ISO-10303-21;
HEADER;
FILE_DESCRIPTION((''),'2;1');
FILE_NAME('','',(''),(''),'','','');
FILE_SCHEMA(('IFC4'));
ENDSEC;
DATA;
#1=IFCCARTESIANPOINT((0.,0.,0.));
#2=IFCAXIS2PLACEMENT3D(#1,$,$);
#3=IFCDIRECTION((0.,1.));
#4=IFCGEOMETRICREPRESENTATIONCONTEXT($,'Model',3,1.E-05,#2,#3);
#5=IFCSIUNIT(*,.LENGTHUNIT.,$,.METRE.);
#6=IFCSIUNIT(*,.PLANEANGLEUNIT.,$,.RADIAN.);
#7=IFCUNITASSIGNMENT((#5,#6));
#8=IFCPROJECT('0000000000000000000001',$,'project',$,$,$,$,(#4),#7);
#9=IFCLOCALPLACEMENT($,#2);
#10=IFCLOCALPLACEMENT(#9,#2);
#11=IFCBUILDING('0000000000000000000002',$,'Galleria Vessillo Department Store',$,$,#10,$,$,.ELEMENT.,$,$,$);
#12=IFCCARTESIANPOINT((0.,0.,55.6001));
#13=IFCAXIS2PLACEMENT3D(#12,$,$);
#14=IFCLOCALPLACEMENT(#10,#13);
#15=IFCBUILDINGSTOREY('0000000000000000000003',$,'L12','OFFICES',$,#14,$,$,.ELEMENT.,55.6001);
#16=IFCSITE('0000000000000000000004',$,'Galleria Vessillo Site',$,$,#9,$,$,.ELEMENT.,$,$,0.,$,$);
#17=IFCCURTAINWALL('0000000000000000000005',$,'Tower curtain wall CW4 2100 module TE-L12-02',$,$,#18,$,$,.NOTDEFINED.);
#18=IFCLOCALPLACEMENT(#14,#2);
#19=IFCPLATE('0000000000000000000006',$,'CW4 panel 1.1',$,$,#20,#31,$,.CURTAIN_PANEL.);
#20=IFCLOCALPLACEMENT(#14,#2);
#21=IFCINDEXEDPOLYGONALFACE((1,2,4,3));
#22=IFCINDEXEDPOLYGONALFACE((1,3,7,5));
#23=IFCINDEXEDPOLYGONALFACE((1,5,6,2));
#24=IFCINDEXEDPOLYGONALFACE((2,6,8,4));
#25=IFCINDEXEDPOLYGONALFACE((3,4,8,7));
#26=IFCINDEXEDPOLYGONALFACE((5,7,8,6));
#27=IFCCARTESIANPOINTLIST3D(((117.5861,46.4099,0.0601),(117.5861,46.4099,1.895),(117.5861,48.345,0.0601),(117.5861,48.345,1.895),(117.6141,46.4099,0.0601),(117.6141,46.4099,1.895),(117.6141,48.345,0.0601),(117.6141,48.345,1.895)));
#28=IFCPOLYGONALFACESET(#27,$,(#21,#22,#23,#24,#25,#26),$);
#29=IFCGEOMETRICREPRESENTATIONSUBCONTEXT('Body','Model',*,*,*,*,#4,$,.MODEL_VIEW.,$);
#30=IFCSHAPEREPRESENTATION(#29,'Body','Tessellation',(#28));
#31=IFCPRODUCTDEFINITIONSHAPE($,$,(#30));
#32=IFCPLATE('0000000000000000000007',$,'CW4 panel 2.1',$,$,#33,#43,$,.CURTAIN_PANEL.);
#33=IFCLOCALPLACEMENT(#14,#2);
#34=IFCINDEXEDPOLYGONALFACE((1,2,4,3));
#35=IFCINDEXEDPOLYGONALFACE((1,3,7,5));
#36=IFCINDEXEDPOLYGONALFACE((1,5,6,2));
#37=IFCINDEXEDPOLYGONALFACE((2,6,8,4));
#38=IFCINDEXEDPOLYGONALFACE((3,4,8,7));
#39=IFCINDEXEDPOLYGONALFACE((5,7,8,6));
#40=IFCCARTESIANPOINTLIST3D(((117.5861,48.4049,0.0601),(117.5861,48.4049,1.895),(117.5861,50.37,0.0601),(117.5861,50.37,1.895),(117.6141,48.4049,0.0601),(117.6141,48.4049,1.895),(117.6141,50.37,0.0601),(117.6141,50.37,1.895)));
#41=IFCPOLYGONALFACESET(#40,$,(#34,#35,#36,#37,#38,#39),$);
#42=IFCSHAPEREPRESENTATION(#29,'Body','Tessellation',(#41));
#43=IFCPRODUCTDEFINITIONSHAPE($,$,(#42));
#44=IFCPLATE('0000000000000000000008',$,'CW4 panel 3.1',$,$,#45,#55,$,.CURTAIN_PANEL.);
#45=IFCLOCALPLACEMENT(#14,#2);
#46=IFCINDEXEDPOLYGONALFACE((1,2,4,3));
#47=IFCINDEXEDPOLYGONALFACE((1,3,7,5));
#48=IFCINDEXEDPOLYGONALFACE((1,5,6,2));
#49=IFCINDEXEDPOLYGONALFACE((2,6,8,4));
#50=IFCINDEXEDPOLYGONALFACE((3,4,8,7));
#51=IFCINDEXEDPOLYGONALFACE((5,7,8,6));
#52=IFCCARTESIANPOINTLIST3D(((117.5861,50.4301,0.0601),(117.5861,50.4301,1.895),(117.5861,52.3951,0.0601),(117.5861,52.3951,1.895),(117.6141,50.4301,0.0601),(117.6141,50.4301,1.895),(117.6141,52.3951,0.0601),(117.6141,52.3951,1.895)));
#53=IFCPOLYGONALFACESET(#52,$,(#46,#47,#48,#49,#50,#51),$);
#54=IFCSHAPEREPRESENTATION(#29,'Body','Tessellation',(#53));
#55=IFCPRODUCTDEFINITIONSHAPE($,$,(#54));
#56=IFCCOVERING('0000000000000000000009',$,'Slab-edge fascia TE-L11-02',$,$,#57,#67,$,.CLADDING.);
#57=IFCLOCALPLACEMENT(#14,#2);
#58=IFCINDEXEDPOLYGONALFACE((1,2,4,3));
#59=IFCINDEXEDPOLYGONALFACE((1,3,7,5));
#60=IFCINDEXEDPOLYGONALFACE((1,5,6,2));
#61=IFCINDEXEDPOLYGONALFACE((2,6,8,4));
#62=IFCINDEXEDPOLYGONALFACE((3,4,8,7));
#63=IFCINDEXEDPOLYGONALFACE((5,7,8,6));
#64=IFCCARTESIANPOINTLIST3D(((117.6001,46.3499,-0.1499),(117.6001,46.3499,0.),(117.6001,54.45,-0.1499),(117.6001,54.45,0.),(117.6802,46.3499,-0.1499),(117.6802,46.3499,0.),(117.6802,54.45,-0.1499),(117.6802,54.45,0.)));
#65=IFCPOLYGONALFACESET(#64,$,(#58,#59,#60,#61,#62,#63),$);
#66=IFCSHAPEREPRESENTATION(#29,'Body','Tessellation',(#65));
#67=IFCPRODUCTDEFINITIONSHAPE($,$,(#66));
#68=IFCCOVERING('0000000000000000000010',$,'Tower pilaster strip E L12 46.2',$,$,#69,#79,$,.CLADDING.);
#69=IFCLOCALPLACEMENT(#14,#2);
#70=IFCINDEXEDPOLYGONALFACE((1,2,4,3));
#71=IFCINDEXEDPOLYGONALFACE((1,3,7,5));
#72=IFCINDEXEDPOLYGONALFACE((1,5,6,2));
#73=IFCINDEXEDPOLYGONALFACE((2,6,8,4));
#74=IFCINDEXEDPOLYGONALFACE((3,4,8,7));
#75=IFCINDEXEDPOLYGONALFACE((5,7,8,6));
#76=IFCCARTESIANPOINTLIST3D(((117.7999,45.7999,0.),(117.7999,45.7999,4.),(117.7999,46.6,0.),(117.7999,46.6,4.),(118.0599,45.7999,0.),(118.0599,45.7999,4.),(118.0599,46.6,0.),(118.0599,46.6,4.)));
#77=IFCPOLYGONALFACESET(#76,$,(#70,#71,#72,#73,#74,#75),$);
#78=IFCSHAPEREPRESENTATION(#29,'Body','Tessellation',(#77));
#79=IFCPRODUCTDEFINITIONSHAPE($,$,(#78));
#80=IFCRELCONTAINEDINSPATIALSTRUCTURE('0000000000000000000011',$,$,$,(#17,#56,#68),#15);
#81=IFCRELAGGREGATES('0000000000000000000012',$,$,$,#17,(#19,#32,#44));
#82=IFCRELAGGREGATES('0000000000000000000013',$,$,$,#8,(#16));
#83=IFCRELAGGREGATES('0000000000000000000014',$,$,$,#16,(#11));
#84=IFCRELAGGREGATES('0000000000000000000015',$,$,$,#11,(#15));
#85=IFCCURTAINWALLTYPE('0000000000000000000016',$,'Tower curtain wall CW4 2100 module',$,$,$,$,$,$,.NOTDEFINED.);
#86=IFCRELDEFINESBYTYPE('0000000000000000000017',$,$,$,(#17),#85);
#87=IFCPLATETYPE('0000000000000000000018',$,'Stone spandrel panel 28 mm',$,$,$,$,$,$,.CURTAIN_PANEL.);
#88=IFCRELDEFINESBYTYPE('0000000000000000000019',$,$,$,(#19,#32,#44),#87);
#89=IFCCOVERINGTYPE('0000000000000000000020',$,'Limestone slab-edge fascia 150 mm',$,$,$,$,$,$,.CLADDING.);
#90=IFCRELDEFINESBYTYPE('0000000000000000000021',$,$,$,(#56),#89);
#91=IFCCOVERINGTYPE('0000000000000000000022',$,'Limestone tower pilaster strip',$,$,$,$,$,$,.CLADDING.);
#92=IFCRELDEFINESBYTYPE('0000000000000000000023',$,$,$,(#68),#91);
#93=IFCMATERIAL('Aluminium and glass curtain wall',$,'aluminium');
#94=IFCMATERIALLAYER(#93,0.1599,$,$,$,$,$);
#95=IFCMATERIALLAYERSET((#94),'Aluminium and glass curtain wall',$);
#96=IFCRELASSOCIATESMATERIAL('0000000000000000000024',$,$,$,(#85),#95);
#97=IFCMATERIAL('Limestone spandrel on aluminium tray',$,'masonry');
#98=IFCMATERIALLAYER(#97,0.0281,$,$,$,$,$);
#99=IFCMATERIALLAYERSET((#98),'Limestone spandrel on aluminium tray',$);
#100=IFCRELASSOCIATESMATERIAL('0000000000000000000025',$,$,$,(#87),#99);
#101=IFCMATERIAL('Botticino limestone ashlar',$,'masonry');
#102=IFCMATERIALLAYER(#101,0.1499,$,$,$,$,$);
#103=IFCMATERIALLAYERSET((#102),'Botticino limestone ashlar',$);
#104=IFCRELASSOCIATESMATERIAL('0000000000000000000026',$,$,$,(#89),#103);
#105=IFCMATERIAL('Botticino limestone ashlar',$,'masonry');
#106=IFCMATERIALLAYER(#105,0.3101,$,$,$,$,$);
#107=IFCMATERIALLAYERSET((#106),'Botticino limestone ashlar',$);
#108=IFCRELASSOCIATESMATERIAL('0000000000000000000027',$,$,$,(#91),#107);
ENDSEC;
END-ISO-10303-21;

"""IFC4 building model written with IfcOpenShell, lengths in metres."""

from ifc_helpers import new_model, si_unit, direction, frame, origin, origin_2d, place, context, subcontext, project, spatial, rectangle, extrude, material, layer, layer_set, type_object, element, aggregate, save


model = new_model("IFC4")

# Units and contexts
model_context = context("Model", 3, precision=1e-05, world=origin(), true_north=direction((0.0, 1.0)))
body_context = subcontext(model_context, "Body", "Model", "MODEL_VIEW")
ifc_project = project(units=[si_unit("LENGTHUNIT", "METRE"), si_unit("PLANEANGLEUNIT", "RADIAN")], contexts=[model_context])

# Site, building, storey
site_placement = place(None, origin())
site = spatial("IfcSite", under=ifc_project, at=site_placement, Name="Galleria Vessillo Site", CompositionType="ELEMENT", RefElevation=0.0)
building_placement = place(site_placement, origin())
building = spatial("IfcBuilding", under=site, at=building_placement, Name="Galleria Vessillo Department Store", CompositionType="ELEMENT")
storey_placement = place(building_placement, frame((0.0, 0.0, 55.6001)))
storey = spatial("IfcBuildingStorey", under=building, at=storey_placement, Name="L12", Description="OFFICES", CompositionType="ELEMENT", Elevation=55.6001)

# Curtain wall, plates
ifc_material_1 = material(Name="Aluminium and glass curtain wall", Category="aluminium")
ifc_layer_1 = layer(ifc_material_1, 0.1599)
ifc_layer_set_1 = layer_set([ifc_layer_1], Name="Aluminium and glass curtain wall")
curtain_wall_type = type_object("IfcCurtainWallType", Name="Tower curtain wall CW4 2100 module", PredefinedType="NOTDEFINED", material=ifc_layer_set_1)
curtain_wall_placement = place(storey_placement, origin())
curtain_wall = element("IfcCurtainWall", 1, at=curtain_wall_placement, inside=storey, type_object=curtain_wall_type, Name="Tower curtain wall CW4 2100 module TE-L12-02", PredefinedType="NOTDEFINED")
ifc_material_2 = material(Name="Limestone spandrel on aluminium tray", Category="masonry")
ifc_layer_2 = layer(ifc_material_2, 0.0281)
ifc_layer_set_2 = layer_set([ifc_layer_2], Name="Limestone spandrel on aluminium tray")
plate_type_1 = type_object("IfcPlateType", Name="Stone spandrel panel 28 mm", PredefinedType="CURTAIN_PANEL", material=ifc_layer_set_2)
plate_1_placement = place(storey_placement, frame((117.6001, 47.3774, 0.0601), z_axis=(0.0, 0.0, 1.0), x_axis=(0.0, 1.0, 0.0)))
plate_1 = element("IfcPlate", 2, at=plate_1_placement, type_object=plate_type_1, Name="CW4 panel 1.1", PredefinedType="CURTAIN_PANEL", context=body_context, shape_type="SweptSolid", body=[
    extrude(rectangle(XDim=1.9351, YDim=0.0281, at=origin_2d()), origin(), (0.0, 0.0, 1.0), 1.835),
])
plate_2_placement = place(storey_placement, frame((117.6001, 49.3875, 0.0601), z_axis=(0.0, 0.0, 1.0), x_axis=(0.0, 1.0, 0.0)))
plate_2 = element("IfcPlate", 3, at=plate_2_placement, type_object=plate_type_1, Name="CW4 panel 2.1", PredefinedType="CURTAIN_PANEL", context=body_context, shape_type="SweptSolid", body=[
    extrude(rectangle(XDim=1.9651, YDim=0.0281, at=origin_2d()), origin(), (0.0, 0.0, 1.0), 1.835),
])
plate_3_placement = place(storey_placement, frame((117.6001, 51.4126, 0.0601), z_axis=(0.0, 0.0, 1.0), x_axis=(0.0, 1.0, 0.0)))
plate_3 = element("IfcPlate", 4, at=plate_3_placement, type_object=plate_type_1, Name="CW4 panel 3.1", PredefinedType="CURTAIN_PANEL", context=body_context, shape_type="SweptSolid", body=[
    extrude(rectangle(XDim=1.9651, YDim=0.0281, at=origin_2d()), origin(), (0.0, 0.0, 1.0), 1.835),
])
aggregate(curtain_wall, [plate_1, plate_2, plate_3])

# Coverings
ifc_material_3 = material(Name="Botticino limestone ashlar", Category="masonry")
ifc_layer_3 = layer(ifc_material_3, 0.1499)
ifc_layer_set_3 = layer_set([ifc_layer_3], Name="Botticino limestone ashlar")
covering_type_1 = type_object("IfcCoveringType", Name="Limestone slab-edge fascia 150 mm", PredefinedType="CLADDING", material=ifc_layer_set_3)
covering_1_placement = place(storey_placement, frame((117.6401, 50.3999, -0.1499), z_axis=(0.0, 0.0, 1.0), x_axis=(1.0, 0.0, 0.0)))
element("IfcCovering", 5, at=covering_1_placement, inside=storey, type_object=covering_type_1, Name="Slab-edge fascia TE-L11-02", PredefinedType="CLADDING", context=body_context, shape_type="SweptSolid", body=[
    extrude(rectangle(XDim=0.0801, YDim=8.1001, at=origin_2d()), origin(), (0.0, 0.0, 1.0), 0.1499),
])
ifc_material_4 = material(Name="Botticino limestone ashlar", Category="masonry")
ifc_layer_4 = layer(ifc_material_4, 0.3101)
ifc_layer_set_4 = layer_set([ifc_layer_4], Name="Botticino limestone ashlar")
covering_type_2 = type_object("IfcCoveringType", Name="Limestone tower pilaster strip", PredefinedType="CLADDING", material=ifc_layer_set_4)
covering_2_placement = place(storey_placement, frame((117.9299, 46.2, 0.0), z_axis=(0.0, 0.0, 1.0), x_axis=(1.0, 0.0, 0.0)))
element("IfcCovering", 6, at=covering_2_placement, inside=storey, type_object=covering_type_2, Name="Tower pilaster strip E L12 46.2", PredefinedType="CLADDING", context=body_context, shape_type="SweptSolid", body=[
    extrude(rectangle(XDim=0.26, YDim=0.8, at=origin_2d()), origin(), (0.0, 0.0, 1.0), 4.0),
])

save(model, "model.ifc")
